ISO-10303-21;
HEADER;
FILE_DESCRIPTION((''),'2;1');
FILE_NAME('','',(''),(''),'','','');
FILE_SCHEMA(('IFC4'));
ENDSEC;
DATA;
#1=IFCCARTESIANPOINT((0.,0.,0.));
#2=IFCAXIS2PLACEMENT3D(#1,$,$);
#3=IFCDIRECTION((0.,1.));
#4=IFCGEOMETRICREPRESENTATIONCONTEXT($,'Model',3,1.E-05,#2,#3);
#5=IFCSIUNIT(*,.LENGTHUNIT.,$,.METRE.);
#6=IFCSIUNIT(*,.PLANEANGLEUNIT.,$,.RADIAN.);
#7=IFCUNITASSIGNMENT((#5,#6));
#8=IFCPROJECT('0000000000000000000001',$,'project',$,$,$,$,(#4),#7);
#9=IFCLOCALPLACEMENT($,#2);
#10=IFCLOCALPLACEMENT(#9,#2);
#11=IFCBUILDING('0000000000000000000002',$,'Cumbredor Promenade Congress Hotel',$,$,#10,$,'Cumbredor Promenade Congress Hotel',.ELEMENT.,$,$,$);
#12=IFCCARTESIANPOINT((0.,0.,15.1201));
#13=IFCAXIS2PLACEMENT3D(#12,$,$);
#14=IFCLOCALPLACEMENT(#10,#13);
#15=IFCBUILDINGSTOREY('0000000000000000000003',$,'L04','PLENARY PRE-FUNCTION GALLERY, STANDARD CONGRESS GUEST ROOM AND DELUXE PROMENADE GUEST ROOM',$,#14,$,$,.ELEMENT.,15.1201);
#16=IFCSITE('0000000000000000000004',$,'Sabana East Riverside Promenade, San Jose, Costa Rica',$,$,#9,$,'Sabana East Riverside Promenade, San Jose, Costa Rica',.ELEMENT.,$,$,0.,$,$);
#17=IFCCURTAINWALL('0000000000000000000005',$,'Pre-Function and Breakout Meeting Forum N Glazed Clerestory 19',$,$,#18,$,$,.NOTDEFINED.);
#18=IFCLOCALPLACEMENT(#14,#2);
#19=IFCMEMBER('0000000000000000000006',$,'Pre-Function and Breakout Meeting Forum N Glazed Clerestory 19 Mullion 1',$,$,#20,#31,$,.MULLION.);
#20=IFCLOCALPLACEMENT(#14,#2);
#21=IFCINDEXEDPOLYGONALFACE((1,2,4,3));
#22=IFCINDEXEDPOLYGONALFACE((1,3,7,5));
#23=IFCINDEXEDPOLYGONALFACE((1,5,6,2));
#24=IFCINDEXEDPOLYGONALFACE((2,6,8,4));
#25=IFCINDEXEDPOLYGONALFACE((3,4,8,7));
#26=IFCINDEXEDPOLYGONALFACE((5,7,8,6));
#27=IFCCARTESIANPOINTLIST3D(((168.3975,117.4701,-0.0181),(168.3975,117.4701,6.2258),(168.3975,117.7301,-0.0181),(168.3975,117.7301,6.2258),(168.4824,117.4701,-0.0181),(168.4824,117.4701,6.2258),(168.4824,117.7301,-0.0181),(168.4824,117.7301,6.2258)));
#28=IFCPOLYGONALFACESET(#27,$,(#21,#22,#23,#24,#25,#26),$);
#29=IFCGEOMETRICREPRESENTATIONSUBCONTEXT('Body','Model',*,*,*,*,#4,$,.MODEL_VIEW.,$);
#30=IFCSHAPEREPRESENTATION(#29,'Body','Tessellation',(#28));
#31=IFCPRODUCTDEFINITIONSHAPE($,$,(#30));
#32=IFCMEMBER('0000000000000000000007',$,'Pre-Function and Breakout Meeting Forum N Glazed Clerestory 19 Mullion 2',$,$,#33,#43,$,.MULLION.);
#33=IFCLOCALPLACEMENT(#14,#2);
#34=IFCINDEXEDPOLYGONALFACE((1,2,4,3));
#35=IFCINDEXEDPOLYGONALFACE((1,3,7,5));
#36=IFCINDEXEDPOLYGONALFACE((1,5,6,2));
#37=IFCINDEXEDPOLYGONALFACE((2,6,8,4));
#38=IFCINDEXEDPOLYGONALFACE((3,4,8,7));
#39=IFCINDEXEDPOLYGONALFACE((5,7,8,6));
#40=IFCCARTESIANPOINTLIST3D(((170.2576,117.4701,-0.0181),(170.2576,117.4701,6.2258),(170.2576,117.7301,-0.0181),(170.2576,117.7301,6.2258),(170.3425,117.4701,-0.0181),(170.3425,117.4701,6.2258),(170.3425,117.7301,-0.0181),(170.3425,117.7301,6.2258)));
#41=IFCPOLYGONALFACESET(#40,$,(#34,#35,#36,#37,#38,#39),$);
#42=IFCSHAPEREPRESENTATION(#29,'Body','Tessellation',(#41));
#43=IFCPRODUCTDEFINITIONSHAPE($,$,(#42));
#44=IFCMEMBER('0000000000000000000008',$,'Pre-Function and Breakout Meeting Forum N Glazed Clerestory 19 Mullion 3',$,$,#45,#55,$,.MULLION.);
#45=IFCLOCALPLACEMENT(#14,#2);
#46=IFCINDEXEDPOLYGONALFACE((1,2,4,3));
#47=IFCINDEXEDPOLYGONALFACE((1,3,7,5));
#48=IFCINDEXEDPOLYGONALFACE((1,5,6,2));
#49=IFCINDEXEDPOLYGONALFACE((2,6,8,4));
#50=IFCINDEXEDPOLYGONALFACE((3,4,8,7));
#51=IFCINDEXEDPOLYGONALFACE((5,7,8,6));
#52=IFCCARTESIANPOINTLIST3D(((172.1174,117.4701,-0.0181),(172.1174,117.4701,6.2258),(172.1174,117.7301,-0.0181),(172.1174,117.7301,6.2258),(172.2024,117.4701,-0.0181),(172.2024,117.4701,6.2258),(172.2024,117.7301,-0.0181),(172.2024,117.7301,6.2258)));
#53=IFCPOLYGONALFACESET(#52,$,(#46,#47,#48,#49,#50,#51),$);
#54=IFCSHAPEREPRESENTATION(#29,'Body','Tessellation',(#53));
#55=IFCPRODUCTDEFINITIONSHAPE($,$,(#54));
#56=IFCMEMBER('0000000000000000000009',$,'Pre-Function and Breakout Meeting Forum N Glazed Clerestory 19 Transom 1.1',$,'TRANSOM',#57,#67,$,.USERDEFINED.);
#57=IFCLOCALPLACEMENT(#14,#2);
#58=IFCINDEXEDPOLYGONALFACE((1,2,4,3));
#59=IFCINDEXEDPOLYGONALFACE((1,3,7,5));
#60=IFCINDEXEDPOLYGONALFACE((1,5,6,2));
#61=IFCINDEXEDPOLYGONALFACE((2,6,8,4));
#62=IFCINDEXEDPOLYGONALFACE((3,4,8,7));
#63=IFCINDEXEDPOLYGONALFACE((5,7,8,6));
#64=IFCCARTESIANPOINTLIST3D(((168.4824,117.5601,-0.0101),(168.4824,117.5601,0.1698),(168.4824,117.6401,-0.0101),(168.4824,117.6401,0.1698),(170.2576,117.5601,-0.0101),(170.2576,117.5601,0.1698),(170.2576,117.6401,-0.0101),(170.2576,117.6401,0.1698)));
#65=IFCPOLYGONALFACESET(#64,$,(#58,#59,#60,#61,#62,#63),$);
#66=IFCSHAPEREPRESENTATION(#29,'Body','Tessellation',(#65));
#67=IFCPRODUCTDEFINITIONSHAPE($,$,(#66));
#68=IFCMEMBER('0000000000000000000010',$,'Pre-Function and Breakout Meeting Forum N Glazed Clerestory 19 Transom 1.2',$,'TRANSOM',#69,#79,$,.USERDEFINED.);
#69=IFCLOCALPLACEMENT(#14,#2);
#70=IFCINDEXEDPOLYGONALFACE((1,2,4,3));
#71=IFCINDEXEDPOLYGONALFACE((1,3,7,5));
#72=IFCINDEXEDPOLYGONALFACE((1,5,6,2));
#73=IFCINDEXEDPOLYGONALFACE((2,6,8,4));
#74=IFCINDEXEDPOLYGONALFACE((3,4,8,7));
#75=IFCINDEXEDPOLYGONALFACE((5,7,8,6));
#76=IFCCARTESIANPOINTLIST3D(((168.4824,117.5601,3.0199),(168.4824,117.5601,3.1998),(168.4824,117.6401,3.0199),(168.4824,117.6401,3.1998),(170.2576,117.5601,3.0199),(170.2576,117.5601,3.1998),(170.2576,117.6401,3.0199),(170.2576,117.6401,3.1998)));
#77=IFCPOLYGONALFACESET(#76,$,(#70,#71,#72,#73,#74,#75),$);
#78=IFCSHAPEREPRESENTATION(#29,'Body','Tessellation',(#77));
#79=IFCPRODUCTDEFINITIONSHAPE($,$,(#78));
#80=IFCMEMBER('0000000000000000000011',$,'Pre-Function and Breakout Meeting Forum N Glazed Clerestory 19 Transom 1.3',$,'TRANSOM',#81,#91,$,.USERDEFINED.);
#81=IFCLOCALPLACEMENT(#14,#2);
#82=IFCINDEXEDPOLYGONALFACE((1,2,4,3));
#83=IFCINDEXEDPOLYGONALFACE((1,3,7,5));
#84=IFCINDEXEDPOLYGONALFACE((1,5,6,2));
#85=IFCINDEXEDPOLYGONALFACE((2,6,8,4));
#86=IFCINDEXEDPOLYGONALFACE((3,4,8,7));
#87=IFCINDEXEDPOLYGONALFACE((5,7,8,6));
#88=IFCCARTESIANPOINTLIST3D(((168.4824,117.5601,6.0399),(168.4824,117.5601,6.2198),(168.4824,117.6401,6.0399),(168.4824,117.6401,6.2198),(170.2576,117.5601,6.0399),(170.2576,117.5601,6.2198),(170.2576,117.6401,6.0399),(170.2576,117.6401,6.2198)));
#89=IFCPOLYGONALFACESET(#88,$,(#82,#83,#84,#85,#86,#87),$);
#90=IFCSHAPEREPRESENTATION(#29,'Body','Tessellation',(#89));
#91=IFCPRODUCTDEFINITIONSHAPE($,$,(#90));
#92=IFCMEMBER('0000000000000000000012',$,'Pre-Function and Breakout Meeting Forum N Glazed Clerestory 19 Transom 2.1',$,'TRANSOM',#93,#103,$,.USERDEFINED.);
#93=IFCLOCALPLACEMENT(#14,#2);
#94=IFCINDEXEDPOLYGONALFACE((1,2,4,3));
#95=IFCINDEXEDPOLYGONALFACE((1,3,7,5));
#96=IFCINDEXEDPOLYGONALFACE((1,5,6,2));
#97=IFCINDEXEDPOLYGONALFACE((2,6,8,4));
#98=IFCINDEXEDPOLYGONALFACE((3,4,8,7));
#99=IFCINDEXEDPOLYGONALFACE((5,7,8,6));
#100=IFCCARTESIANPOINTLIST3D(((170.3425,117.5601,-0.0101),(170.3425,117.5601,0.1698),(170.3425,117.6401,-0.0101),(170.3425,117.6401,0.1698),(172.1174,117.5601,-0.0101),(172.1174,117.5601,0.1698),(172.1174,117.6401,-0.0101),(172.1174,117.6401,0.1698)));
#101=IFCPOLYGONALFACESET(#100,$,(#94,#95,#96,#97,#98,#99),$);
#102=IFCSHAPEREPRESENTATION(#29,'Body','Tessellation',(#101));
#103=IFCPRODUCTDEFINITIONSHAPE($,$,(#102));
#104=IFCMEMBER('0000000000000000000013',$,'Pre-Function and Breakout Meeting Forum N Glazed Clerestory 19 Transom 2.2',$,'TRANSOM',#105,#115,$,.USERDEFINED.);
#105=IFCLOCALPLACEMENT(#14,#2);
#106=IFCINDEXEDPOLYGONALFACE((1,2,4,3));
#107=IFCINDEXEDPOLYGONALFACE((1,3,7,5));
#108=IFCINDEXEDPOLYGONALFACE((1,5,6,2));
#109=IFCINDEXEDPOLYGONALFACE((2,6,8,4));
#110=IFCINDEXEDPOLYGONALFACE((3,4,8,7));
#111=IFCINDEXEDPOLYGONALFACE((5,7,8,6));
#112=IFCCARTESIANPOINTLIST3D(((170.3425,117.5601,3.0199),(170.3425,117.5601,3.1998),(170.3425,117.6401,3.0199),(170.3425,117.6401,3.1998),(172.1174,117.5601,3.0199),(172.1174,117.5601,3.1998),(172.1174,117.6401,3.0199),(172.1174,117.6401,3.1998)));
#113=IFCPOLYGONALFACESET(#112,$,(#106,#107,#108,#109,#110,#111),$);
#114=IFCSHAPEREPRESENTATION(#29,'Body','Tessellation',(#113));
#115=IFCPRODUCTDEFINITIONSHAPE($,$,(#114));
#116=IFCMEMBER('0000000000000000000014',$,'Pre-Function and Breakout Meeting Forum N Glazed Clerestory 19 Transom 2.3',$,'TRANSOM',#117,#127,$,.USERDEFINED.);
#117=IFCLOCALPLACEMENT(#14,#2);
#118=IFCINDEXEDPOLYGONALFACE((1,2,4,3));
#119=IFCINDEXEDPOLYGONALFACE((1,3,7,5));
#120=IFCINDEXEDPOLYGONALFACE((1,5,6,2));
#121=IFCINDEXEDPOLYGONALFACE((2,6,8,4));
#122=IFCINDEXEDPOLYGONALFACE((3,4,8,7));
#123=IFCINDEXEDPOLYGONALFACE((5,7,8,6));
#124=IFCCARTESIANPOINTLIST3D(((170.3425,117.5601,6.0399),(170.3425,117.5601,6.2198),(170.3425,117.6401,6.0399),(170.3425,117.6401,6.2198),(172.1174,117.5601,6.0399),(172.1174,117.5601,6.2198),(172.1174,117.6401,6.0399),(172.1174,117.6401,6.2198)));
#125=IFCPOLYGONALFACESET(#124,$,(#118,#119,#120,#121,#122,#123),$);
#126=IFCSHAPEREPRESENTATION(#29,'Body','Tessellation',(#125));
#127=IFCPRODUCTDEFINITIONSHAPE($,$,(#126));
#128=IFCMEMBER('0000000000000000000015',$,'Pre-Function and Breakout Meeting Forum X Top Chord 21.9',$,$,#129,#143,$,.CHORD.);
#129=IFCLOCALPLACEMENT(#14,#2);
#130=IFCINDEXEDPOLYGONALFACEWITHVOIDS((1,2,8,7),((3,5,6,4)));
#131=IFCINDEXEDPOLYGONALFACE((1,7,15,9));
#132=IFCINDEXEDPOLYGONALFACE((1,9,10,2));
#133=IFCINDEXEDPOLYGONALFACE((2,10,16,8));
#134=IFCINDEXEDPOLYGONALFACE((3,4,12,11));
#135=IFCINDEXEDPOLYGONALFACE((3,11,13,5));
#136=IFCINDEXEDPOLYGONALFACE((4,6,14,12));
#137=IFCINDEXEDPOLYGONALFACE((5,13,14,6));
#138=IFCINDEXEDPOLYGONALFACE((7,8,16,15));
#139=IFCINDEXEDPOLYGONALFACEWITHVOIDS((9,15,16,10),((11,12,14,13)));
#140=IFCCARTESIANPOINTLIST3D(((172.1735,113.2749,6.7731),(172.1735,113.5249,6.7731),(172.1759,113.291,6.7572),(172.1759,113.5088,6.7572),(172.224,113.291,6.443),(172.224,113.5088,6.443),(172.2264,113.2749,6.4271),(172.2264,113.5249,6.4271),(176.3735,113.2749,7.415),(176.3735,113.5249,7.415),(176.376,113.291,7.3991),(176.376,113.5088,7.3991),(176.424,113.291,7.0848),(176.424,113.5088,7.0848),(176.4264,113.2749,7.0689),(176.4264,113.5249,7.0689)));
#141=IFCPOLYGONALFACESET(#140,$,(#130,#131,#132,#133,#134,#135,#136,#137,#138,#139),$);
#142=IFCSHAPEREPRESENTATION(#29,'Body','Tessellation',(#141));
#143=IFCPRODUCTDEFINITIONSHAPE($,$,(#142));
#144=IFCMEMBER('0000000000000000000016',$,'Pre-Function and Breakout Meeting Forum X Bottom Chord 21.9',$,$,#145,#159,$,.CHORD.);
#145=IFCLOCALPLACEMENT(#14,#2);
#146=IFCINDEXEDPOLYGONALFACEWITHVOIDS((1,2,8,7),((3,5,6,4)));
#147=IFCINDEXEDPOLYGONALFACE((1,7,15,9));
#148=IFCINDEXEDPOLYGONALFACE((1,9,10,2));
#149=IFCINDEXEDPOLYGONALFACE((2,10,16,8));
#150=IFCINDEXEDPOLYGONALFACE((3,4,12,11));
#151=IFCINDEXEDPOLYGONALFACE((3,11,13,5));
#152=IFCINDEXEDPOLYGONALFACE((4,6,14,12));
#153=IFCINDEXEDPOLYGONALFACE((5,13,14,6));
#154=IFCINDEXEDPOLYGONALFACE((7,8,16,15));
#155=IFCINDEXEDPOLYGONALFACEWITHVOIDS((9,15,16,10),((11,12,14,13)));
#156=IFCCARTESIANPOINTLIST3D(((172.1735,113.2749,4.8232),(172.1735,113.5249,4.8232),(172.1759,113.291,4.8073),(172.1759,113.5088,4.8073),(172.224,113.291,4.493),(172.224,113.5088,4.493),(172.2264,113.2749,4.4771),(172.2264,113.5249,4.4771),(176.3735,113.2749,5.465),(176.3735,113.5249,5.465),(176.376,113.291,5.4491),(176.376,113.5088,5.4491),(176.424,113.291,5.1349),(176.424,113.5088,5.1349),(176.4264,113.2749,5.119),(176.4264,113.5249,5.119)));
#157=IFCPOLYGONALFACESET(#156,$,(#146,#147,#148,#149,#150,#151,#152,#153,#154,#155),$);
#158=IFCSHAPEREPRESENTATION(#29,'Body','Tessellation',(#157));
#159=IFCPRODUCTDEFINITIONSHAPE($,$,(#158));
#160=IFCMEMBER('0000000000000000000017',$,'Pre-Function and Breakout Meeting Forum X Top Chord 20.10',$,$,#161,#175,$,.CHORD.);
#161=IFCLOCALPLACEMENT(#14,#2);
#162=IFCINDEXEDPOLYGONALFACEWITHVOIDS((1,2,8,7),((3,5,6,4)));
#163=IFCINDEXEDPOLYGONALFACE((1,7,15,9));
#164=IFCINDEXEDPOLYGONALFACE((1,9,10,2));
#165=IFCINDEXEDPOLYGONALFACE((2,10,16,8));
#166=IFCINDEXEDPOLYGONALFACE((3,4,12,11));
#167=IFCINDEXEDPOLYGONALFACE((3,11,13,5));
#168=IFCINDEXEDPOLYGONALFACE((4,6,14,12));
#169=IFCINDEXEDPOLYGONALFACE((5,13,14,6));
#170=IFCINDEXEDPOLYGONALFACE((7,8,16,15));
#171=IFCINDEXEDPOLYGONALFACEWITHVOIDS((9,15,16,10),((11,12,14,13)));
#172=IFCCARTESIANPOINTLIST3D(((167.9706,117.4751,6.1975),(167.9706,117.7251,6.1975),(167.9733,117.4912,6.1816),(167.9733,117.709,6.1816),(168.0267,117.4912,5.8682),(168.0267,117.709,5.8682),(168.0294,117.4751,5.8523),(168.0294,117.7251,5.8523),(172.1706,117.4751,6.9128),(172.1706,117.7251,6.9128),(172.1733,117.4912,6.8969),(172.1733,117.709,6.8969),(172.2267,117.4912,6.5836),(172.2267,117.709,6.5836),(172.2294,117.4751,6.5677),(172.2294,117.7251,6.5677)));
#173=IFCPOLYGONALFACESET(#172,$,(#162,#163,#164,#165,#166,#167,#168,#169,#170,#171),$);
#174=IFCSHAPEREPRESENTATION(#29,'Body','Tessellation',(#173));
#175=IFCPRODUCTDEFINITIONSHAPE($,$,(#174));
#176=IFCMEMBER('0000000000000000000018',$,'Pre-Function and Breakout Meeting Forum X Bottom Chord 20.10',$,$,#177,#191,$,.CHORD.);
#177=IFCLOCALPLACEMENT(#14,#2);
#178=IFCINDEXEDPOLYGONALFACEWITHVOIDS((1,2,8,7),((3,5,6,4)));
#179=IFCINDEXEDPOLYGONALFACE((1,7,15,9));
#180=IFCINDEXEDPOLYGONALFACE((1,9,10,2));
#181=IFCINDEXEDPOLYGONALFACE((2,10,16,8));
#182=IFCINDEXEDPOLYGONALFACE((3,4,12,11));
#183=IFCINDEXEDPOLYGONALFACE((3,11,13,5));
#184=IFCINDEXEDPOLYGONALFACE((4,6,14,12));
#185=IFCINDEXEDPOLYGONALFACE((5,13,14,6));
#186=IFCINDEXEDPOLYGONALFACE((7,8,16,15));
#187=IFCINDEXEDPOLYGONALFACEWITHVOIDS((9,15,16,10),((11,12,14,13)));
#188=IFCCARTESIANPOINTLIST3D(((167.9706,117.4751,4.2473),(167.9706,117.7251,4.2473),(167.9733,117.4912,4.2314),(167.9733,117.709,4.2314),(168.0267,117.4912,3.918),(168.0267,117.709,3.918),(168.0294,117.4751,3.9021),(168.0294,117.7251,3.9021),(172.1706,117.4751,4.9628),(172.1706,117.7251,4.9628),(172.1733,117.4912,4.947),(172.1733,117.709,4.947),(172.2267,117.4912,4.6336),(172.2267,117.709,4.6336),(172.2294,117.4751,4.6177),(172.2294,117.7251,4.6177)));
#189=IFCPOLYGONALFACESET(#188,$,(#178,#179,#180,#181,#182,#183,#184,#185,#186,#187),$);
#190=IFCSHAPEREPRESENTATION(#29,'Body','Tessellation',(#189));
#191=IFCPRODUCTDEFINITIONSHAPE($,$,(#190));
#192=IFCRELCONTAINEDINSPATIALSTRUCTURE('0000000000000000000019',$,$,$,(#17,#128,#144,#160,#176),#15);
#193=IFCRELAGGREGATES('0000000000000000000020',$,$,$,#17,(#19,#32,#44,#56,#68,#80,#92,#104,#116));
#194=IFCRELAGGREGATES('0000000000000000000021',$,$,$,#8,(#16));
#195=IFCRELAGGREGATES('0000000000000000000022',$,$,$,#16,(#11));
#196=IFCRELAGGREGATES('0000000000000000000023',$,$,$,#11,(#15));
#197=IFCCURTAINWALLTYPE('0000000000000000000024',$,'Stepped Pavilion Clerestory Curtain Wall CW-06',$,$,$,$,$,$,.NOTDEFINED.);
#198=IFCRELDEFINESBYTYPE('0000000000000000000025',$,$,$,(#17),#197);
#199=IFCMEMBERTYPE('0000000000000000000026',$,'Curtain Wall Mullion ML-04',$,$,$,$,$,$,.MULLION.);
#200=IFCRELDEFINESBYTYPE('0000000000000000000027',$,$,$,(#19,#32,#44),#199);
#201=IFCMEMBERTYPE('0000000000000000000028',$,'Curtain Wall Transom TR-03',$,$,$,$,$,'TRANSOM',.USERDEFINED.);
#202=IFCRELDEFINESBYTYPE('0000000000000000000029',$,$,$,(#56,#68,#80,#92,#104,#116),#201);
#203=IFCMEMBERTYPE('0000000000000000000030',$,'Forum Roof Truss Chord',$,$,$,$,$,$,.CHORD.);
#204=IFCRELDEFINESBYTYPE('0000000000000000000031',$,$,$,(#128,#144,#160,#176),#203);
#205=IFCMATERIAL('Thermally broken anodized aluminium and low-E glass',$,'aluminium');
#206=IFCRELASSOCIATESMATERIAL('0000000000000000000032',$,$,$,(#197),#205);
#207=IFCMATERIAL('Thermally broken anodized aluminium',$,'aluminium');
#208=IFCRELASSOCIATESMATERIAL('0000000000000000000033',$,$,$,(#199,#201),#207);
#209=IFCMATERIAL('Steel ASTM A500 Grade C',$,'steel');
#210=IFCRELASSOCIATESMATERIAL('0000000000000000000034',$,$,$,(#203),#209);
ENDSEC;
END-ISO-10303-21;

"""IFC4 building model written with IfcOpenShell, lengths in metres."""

from ifc_helpers import new_model, si_unit, direction, frame, origin, origin_2d, place, context, subcontext, project, spatial, rectangle, hollow_rectangle, extrude, material, material_profile, profile_set, type_object, element, aggregate, save


model = new_model("IFC4")

# Units and contexts
model_context = context("Model", 3, precision=1e-05, world=origin(), true_north=direction((0.0, 1.0)))
body_context = subcontext(model_context, "Body", "Model", "MODEL_VIEW")
ifc_project = project(units=[si_unit("LENGTHUNIT", "METRE"), si_unit("PLANEANGLEUNIT", "RADIAN")], contexts=[model_context])

# Site, building, storey
site_placement = place(None, origin())
site = spatial("IfcSite", under=ifc_project, at=site_placement, Name="Sabana East Riverside Promenade, San Jose, Costa Rica", LongName="Sabana East Riverside Promenade, San Jose, Costa Rica", CompositionType="ELEMENT", RefElevation=0.0)
building_placement = place(site_placement, origin())
building = spatial("IfcBuilding", under=site, at=building_placement, Name="Cumbredor Promenade Congress Hotel", LongName="Cumbredor Promenade Congress Hotel", CompositionType="ELEMENT")
storey_placement = place(building_placement, frame((0.0, 0.0, 15.1201)))
storey = spatial("IfcBuildingStorey", under=building, at=storey_placement, Name="L04", Description="PLENARY PRE-FUNCTION GALLERY, STANDARD CONGRESS GUEST ROOM AND DELUXE PROMENADE GUEST ROOM", CompositionType="ELEMENT", Elevation=15.1201)

# Curtain wall, members
ifc_material_1 = material(Name="Thermally broken anodized aluminium and low-E glass", Category="aluminium")
curtain_wall_type = type_object("IfcCurtainWallType", Name="Stepped Pavilion Clerestory Curtain Wall CW-06", PredefinedType="NOTDEFINED", material=ifc_material_1)
curtain_wall_placement = place(storey_placement, origin())
curtain_wall = element("IfcCurtainWall", 1, at=curtain_wall_placement, inside=storey, type_object=curtain_wall_type, Name="Pre-Function and Breakout Meeting Forum N Glazed Clerestory 19", PredefinedType="NOTDEFINED")
ifc_material_2 = material(Name="Thermally broken anodized aluminium", Category="aluminium")
ifc_material_profile_1 = material_profile(ifc_material_2, rectangle(XDim=0.085, YDim=0.26, at=origin_2d()), Name="ALU MULLION CLERESTORY 85x260")
ifc_profile_set_1 = profile_set([ifc_material_profile_1], Name="Thermally broken anodized aluminium")
member_type_1 = type_object("IfcMemberType", Name="Curtain Wall Mullion ML-04", PredefinedType="MULLION", material=ifc_profile_set_1)
member_1_placement = place(storey_placement, frame((168.4399, 117.6001, -0.0181), z_axis=(0.0, 0.0, 1.0), x_axis=(1.0, 0.0, 0.0)))
member_1 = element("IfcMember", 2, at=member_1_placement, type_object=member_type_1, Name="Pre-Function and Breakout Meeting Forum N Glazed Clerestory 19 Mullion 1", PredefinedType="MULLION", context=body_context, shape_type="SweptSolid", body=[
    extrude(rectangle(XDim=0.085, YDim=0.26, at=origin_2d()), origin(), (0.0, 0.0, 1.0), 6.2439),
])
member_2_placement = place(storey_placement, frame((170.3, 117.6001, -0.0181), z_axis=(0.0, 0.0, 1.0), x_axis=(1.0, 0.0, 0.0)))
member_2 = element("IfcMember", 3, at=member_2_placement, type_object=member_type_1, Name="Pre-Function and Breakout Meeting Forum N Glazed Clerestory 19 Mullion 2", PredefinedType="MULLION", context=body_context, shape_type="SweptSolid", body=[
    extrude(rectangle(XDim=0.085, YDim=0.26, at=origin_2d()), origin(), (0.0, 0.0, 1.0), 6.2439),
])
member_3_placement = place(storey_placement, frame((172.1599, 117.6001, -0.0181), z_axis=(0.0, 0.0, 1.0), x_axis=(1.0, 0.0, 0.0)))
member_3 = element("IfcMember", 4, at=member_3_placement, type_object=member_type_1, Name="Pre-Function and Breakout Meeting Forum N Glazed Clerestory 19 Mullion 3", PredefinedType="MULLION", context=body_context, shape_type="SweptSolid", body=[
    extrude(rectangle(XDim=0.085, YDim=0.26, at=origin_2d()), origin(), (0.0, 0.0, 1.0), 6.2439),
])
ifc_material_profile_2 = material_profile(ifc_material_2, rectangle(XDim=0.0801, YDim=0.1799, at=origin_2d()), Name="ALU TRANSOM 80x180")
ifc_profile_set_2 = profile_set([ifc_material_profile_2], Name="Thermally broken anodized aluminium")
member_type_2 = type_object("IfcMemberType", Name="Curtain Wall Transom TR-03", ElementType="TRANSOM", PredefinedType="USERDEFINED", material=ifc_profile_set_2)
member_4_placement = place(storey_placement, frame((168.4824, 117.6001, 0.0798), z_axis=(1.0, 0.0, 0.0), x_axis=(0.0, 1.0, 0.0)))
member_4 = element("IfcMember", 5, at=member_4_placement, type_object=member_type_2, Name="Pre-Function and Breakout Meeting Forum N Glazed Clerestory 19 Transom 1.1", ObjectType="TRANSOM", PredefinedType="USERDEFINED", context=body_context, shape_type="SweptSolid", body=[
    extrude(rectangle(XDim=0.0801, YDim=0.1799, at=origin_2d()), origin(), (0.0, 0.0, 1.0), 1.7751),
])
member_5_placement = place(storey_placement, frame((168.4824, 117.6001, 3.1099), z_axis=(1.0, 0.0, 0.0), x_axis=(0.0, 1.0, 0.0)))
member_5 = element("IfcMember", 6, at=member_5_placement, type_object=member_type_2, Name="Pre-Function and Breakout Meeting Forum N Glazed Clerestory 19 Transom 1.2", ObjectType="TRANSOM", PredefinedType="USERDEFINED", context=body_context, shape_type="SweptSolid", body=[
    extrude(rectangle(XDim=0.0801, YDim=0.1799, at=origin_2d()), origin(), (0.0, 0.0, 1.0), 1.7751),
])
member_6_placement = place(storey_placement, frame((168.4824, 117.6001, 6.1299), z_axis=(1.0, 0.0, 0.0), x_axis=(0.0, 1.0, 0.0)))
member_6 = element("IfcMember", 7, at=member_6_placement, type_object=member_type_2, Name="Pre-Function and Breakout Meeting Forum N Glazed Clerestory 19 Transom 1.3", ObjectType="TRANSOM", PredefinedType="USERDEFINED", context=body_context, shape_type="SweptSolid", body=[
    extrude(rectangle(XDim=0.0801, YDim=0.1799, at=origin_2d()), origin(), (0.0, 0.0, 1.0), 1.7751),
])
member_7_placement = place(storey_placement, frame((170.3425, 117.6001, 0.0798), z_axis=(1.0, 0.0, 0.0), x_axis=(0.0, 1.0, 0.0)))
member_7 = element("IfcMember", 8, at=member_7_placement, type_object=member_type_2, Name="Pre-Function and Breakout Meeting Forum N Glazed Clerestory 19 Transom 2.1", ObjectType="TRANSOM", PredefinedType="USERDEFINED", context=body_context, shape_type="SweptSolid", body=[
    extrude(rectangle(XDim=0.0801, YDim=0.1799, at=origin_2d()), origin(), (0.0, 0.0, 1.0), 1.7749),
])
member_8_placement = place(storey_placement, frame((170.3425, 117.6001, 3.1099), z_axis=(1.0, 0.0, 0.0), x_axis=(0.0, 1.0, 0.0)))
member_8 = element("IfcMember", 9, at=member_8_placement, type_object=member_type_2, Name="Pre-Function and Breakout Meeting Forum N Glazed Clerestory 19 Transom 2.2", ObjectType="TRANSOM", PredefinedType="USERDEFINED", context=body_context, shape_type="SweptSolid", body=[
    extrude(rectangle(XDim=0.0801, YDim=0.1799, at=origin_2d()), origin(), (0.0, 0.0, 1.0), 1.7749),
])
member_9_placement = place(storey_placement, frame((170.3425, 117.6001, 6.1299), z_axis=(1.0, 0.0, 0.0), x_axis=(0.0, 1.0, 0.0)))
member_9 = element("IfcMember", 10, at=member_9_placement, type_object=member_type_2, Name="Pre-Function and Breakout Meeting Forum N Glazed Clerestory 19 Transom 2.3", ObjectType="TRANSOM", PredefinedType="USERDEFINED", context=body_context, shape_type="SweptSolid", body=[
    extrude(rectangle(XDim=0.0801, YDim=0.1799, at=origin_2d()), origin(), (0.0, 0.0, 1.0), 1.7749),
])

# Members
ifc_material_3 = material(Name="Steel ASTM A500 Grade C", Category="steel")
ifc_material_profile_3 = material_profile(ifc_material_3, hollow_rectangle(XDim=0.25, YDim=0.3501, WallThickness=0.0161, at=origin_2d()), Name="HSS 350x250x16")
ifc_profile_set_3 = profile_set([ifc_material_profile_3], Name="Steel ASTM A500 Grade C")
member_type_3 = type_object("IfcMemberType", Name="Forum Roof Truss Chord", PredefinedType="CHORD", material=ifc_profile_set_3)
for number, where, z_axis, x_axis, name in (
    (11, (172.2, 113.3999, 6.6001), (0.988523, 0.0, 0.151068), (0.0, 1.0, 0.0), "Pre-Function and Breakout Meeting Forum X Top Chord 21.9"),
    (12, (172.2, 113.3999, 4.6501), (0.988523, 0.0, 0.151068), (0.0, 1.0, 0.0), "Pre-Function and Breakout Meeting Forum X Bottom Chord 21.9"),
):
    element("IfcMember", number, at=place(storey_placement, frame(where, z_axis=z_axis, x_axis=x_axis)), inside=storey, type_object=member_type_3, Name=name, PredefinedType="CHORD", context=body_context, shape_type="SweptSolid", body=[
        extrude(hollow_rectangle(XDim=0.25, YDim=0.3501, WallThickness=0.0161, at=origin_2d()), origin(), (0.0, 0.0, 1.0), 4.2488),
    ])
for number, where, z_axis, x_axis, name in (
    (13, (168.0, 117.6001, 6.0249), (0.985804, 0.0, 0.167901), (0.0, 1.0, 0.0), "Pre-Function and Breakout Meeting Forum X Top Chord 20.10"),
    (14, (168.0, 117.6001, 4.0747), (0.985794, 0.0, 0.167957), (0.0, 1.0, 0.0), "Pre-Function and Breakout Meeting Forum X Bottom Chord 20.10"),
):
    element("IfcMember", number, at=place(storey_placement, frame(where, z_axis=z_axis, x_axis=x_axis)), inside=storey, type_object=member_type_3, Name=name, PredefinedType="CHORD", context=body_context, shape_type="SweptSolid", body=[
        extrude(hollow_rectangle(XDim=0.25, YDim=0.3501, WallThickness=0.0161, at=origin_2d()), origin(), (0.0, 0.0, 1.0), 4.2605),
    ])

aggregate(curtain_wall, [member_1, member_2, member_3, member_4, member_5, member_6, member_7, member_8, member_9])

save(model, "model.ifc")
